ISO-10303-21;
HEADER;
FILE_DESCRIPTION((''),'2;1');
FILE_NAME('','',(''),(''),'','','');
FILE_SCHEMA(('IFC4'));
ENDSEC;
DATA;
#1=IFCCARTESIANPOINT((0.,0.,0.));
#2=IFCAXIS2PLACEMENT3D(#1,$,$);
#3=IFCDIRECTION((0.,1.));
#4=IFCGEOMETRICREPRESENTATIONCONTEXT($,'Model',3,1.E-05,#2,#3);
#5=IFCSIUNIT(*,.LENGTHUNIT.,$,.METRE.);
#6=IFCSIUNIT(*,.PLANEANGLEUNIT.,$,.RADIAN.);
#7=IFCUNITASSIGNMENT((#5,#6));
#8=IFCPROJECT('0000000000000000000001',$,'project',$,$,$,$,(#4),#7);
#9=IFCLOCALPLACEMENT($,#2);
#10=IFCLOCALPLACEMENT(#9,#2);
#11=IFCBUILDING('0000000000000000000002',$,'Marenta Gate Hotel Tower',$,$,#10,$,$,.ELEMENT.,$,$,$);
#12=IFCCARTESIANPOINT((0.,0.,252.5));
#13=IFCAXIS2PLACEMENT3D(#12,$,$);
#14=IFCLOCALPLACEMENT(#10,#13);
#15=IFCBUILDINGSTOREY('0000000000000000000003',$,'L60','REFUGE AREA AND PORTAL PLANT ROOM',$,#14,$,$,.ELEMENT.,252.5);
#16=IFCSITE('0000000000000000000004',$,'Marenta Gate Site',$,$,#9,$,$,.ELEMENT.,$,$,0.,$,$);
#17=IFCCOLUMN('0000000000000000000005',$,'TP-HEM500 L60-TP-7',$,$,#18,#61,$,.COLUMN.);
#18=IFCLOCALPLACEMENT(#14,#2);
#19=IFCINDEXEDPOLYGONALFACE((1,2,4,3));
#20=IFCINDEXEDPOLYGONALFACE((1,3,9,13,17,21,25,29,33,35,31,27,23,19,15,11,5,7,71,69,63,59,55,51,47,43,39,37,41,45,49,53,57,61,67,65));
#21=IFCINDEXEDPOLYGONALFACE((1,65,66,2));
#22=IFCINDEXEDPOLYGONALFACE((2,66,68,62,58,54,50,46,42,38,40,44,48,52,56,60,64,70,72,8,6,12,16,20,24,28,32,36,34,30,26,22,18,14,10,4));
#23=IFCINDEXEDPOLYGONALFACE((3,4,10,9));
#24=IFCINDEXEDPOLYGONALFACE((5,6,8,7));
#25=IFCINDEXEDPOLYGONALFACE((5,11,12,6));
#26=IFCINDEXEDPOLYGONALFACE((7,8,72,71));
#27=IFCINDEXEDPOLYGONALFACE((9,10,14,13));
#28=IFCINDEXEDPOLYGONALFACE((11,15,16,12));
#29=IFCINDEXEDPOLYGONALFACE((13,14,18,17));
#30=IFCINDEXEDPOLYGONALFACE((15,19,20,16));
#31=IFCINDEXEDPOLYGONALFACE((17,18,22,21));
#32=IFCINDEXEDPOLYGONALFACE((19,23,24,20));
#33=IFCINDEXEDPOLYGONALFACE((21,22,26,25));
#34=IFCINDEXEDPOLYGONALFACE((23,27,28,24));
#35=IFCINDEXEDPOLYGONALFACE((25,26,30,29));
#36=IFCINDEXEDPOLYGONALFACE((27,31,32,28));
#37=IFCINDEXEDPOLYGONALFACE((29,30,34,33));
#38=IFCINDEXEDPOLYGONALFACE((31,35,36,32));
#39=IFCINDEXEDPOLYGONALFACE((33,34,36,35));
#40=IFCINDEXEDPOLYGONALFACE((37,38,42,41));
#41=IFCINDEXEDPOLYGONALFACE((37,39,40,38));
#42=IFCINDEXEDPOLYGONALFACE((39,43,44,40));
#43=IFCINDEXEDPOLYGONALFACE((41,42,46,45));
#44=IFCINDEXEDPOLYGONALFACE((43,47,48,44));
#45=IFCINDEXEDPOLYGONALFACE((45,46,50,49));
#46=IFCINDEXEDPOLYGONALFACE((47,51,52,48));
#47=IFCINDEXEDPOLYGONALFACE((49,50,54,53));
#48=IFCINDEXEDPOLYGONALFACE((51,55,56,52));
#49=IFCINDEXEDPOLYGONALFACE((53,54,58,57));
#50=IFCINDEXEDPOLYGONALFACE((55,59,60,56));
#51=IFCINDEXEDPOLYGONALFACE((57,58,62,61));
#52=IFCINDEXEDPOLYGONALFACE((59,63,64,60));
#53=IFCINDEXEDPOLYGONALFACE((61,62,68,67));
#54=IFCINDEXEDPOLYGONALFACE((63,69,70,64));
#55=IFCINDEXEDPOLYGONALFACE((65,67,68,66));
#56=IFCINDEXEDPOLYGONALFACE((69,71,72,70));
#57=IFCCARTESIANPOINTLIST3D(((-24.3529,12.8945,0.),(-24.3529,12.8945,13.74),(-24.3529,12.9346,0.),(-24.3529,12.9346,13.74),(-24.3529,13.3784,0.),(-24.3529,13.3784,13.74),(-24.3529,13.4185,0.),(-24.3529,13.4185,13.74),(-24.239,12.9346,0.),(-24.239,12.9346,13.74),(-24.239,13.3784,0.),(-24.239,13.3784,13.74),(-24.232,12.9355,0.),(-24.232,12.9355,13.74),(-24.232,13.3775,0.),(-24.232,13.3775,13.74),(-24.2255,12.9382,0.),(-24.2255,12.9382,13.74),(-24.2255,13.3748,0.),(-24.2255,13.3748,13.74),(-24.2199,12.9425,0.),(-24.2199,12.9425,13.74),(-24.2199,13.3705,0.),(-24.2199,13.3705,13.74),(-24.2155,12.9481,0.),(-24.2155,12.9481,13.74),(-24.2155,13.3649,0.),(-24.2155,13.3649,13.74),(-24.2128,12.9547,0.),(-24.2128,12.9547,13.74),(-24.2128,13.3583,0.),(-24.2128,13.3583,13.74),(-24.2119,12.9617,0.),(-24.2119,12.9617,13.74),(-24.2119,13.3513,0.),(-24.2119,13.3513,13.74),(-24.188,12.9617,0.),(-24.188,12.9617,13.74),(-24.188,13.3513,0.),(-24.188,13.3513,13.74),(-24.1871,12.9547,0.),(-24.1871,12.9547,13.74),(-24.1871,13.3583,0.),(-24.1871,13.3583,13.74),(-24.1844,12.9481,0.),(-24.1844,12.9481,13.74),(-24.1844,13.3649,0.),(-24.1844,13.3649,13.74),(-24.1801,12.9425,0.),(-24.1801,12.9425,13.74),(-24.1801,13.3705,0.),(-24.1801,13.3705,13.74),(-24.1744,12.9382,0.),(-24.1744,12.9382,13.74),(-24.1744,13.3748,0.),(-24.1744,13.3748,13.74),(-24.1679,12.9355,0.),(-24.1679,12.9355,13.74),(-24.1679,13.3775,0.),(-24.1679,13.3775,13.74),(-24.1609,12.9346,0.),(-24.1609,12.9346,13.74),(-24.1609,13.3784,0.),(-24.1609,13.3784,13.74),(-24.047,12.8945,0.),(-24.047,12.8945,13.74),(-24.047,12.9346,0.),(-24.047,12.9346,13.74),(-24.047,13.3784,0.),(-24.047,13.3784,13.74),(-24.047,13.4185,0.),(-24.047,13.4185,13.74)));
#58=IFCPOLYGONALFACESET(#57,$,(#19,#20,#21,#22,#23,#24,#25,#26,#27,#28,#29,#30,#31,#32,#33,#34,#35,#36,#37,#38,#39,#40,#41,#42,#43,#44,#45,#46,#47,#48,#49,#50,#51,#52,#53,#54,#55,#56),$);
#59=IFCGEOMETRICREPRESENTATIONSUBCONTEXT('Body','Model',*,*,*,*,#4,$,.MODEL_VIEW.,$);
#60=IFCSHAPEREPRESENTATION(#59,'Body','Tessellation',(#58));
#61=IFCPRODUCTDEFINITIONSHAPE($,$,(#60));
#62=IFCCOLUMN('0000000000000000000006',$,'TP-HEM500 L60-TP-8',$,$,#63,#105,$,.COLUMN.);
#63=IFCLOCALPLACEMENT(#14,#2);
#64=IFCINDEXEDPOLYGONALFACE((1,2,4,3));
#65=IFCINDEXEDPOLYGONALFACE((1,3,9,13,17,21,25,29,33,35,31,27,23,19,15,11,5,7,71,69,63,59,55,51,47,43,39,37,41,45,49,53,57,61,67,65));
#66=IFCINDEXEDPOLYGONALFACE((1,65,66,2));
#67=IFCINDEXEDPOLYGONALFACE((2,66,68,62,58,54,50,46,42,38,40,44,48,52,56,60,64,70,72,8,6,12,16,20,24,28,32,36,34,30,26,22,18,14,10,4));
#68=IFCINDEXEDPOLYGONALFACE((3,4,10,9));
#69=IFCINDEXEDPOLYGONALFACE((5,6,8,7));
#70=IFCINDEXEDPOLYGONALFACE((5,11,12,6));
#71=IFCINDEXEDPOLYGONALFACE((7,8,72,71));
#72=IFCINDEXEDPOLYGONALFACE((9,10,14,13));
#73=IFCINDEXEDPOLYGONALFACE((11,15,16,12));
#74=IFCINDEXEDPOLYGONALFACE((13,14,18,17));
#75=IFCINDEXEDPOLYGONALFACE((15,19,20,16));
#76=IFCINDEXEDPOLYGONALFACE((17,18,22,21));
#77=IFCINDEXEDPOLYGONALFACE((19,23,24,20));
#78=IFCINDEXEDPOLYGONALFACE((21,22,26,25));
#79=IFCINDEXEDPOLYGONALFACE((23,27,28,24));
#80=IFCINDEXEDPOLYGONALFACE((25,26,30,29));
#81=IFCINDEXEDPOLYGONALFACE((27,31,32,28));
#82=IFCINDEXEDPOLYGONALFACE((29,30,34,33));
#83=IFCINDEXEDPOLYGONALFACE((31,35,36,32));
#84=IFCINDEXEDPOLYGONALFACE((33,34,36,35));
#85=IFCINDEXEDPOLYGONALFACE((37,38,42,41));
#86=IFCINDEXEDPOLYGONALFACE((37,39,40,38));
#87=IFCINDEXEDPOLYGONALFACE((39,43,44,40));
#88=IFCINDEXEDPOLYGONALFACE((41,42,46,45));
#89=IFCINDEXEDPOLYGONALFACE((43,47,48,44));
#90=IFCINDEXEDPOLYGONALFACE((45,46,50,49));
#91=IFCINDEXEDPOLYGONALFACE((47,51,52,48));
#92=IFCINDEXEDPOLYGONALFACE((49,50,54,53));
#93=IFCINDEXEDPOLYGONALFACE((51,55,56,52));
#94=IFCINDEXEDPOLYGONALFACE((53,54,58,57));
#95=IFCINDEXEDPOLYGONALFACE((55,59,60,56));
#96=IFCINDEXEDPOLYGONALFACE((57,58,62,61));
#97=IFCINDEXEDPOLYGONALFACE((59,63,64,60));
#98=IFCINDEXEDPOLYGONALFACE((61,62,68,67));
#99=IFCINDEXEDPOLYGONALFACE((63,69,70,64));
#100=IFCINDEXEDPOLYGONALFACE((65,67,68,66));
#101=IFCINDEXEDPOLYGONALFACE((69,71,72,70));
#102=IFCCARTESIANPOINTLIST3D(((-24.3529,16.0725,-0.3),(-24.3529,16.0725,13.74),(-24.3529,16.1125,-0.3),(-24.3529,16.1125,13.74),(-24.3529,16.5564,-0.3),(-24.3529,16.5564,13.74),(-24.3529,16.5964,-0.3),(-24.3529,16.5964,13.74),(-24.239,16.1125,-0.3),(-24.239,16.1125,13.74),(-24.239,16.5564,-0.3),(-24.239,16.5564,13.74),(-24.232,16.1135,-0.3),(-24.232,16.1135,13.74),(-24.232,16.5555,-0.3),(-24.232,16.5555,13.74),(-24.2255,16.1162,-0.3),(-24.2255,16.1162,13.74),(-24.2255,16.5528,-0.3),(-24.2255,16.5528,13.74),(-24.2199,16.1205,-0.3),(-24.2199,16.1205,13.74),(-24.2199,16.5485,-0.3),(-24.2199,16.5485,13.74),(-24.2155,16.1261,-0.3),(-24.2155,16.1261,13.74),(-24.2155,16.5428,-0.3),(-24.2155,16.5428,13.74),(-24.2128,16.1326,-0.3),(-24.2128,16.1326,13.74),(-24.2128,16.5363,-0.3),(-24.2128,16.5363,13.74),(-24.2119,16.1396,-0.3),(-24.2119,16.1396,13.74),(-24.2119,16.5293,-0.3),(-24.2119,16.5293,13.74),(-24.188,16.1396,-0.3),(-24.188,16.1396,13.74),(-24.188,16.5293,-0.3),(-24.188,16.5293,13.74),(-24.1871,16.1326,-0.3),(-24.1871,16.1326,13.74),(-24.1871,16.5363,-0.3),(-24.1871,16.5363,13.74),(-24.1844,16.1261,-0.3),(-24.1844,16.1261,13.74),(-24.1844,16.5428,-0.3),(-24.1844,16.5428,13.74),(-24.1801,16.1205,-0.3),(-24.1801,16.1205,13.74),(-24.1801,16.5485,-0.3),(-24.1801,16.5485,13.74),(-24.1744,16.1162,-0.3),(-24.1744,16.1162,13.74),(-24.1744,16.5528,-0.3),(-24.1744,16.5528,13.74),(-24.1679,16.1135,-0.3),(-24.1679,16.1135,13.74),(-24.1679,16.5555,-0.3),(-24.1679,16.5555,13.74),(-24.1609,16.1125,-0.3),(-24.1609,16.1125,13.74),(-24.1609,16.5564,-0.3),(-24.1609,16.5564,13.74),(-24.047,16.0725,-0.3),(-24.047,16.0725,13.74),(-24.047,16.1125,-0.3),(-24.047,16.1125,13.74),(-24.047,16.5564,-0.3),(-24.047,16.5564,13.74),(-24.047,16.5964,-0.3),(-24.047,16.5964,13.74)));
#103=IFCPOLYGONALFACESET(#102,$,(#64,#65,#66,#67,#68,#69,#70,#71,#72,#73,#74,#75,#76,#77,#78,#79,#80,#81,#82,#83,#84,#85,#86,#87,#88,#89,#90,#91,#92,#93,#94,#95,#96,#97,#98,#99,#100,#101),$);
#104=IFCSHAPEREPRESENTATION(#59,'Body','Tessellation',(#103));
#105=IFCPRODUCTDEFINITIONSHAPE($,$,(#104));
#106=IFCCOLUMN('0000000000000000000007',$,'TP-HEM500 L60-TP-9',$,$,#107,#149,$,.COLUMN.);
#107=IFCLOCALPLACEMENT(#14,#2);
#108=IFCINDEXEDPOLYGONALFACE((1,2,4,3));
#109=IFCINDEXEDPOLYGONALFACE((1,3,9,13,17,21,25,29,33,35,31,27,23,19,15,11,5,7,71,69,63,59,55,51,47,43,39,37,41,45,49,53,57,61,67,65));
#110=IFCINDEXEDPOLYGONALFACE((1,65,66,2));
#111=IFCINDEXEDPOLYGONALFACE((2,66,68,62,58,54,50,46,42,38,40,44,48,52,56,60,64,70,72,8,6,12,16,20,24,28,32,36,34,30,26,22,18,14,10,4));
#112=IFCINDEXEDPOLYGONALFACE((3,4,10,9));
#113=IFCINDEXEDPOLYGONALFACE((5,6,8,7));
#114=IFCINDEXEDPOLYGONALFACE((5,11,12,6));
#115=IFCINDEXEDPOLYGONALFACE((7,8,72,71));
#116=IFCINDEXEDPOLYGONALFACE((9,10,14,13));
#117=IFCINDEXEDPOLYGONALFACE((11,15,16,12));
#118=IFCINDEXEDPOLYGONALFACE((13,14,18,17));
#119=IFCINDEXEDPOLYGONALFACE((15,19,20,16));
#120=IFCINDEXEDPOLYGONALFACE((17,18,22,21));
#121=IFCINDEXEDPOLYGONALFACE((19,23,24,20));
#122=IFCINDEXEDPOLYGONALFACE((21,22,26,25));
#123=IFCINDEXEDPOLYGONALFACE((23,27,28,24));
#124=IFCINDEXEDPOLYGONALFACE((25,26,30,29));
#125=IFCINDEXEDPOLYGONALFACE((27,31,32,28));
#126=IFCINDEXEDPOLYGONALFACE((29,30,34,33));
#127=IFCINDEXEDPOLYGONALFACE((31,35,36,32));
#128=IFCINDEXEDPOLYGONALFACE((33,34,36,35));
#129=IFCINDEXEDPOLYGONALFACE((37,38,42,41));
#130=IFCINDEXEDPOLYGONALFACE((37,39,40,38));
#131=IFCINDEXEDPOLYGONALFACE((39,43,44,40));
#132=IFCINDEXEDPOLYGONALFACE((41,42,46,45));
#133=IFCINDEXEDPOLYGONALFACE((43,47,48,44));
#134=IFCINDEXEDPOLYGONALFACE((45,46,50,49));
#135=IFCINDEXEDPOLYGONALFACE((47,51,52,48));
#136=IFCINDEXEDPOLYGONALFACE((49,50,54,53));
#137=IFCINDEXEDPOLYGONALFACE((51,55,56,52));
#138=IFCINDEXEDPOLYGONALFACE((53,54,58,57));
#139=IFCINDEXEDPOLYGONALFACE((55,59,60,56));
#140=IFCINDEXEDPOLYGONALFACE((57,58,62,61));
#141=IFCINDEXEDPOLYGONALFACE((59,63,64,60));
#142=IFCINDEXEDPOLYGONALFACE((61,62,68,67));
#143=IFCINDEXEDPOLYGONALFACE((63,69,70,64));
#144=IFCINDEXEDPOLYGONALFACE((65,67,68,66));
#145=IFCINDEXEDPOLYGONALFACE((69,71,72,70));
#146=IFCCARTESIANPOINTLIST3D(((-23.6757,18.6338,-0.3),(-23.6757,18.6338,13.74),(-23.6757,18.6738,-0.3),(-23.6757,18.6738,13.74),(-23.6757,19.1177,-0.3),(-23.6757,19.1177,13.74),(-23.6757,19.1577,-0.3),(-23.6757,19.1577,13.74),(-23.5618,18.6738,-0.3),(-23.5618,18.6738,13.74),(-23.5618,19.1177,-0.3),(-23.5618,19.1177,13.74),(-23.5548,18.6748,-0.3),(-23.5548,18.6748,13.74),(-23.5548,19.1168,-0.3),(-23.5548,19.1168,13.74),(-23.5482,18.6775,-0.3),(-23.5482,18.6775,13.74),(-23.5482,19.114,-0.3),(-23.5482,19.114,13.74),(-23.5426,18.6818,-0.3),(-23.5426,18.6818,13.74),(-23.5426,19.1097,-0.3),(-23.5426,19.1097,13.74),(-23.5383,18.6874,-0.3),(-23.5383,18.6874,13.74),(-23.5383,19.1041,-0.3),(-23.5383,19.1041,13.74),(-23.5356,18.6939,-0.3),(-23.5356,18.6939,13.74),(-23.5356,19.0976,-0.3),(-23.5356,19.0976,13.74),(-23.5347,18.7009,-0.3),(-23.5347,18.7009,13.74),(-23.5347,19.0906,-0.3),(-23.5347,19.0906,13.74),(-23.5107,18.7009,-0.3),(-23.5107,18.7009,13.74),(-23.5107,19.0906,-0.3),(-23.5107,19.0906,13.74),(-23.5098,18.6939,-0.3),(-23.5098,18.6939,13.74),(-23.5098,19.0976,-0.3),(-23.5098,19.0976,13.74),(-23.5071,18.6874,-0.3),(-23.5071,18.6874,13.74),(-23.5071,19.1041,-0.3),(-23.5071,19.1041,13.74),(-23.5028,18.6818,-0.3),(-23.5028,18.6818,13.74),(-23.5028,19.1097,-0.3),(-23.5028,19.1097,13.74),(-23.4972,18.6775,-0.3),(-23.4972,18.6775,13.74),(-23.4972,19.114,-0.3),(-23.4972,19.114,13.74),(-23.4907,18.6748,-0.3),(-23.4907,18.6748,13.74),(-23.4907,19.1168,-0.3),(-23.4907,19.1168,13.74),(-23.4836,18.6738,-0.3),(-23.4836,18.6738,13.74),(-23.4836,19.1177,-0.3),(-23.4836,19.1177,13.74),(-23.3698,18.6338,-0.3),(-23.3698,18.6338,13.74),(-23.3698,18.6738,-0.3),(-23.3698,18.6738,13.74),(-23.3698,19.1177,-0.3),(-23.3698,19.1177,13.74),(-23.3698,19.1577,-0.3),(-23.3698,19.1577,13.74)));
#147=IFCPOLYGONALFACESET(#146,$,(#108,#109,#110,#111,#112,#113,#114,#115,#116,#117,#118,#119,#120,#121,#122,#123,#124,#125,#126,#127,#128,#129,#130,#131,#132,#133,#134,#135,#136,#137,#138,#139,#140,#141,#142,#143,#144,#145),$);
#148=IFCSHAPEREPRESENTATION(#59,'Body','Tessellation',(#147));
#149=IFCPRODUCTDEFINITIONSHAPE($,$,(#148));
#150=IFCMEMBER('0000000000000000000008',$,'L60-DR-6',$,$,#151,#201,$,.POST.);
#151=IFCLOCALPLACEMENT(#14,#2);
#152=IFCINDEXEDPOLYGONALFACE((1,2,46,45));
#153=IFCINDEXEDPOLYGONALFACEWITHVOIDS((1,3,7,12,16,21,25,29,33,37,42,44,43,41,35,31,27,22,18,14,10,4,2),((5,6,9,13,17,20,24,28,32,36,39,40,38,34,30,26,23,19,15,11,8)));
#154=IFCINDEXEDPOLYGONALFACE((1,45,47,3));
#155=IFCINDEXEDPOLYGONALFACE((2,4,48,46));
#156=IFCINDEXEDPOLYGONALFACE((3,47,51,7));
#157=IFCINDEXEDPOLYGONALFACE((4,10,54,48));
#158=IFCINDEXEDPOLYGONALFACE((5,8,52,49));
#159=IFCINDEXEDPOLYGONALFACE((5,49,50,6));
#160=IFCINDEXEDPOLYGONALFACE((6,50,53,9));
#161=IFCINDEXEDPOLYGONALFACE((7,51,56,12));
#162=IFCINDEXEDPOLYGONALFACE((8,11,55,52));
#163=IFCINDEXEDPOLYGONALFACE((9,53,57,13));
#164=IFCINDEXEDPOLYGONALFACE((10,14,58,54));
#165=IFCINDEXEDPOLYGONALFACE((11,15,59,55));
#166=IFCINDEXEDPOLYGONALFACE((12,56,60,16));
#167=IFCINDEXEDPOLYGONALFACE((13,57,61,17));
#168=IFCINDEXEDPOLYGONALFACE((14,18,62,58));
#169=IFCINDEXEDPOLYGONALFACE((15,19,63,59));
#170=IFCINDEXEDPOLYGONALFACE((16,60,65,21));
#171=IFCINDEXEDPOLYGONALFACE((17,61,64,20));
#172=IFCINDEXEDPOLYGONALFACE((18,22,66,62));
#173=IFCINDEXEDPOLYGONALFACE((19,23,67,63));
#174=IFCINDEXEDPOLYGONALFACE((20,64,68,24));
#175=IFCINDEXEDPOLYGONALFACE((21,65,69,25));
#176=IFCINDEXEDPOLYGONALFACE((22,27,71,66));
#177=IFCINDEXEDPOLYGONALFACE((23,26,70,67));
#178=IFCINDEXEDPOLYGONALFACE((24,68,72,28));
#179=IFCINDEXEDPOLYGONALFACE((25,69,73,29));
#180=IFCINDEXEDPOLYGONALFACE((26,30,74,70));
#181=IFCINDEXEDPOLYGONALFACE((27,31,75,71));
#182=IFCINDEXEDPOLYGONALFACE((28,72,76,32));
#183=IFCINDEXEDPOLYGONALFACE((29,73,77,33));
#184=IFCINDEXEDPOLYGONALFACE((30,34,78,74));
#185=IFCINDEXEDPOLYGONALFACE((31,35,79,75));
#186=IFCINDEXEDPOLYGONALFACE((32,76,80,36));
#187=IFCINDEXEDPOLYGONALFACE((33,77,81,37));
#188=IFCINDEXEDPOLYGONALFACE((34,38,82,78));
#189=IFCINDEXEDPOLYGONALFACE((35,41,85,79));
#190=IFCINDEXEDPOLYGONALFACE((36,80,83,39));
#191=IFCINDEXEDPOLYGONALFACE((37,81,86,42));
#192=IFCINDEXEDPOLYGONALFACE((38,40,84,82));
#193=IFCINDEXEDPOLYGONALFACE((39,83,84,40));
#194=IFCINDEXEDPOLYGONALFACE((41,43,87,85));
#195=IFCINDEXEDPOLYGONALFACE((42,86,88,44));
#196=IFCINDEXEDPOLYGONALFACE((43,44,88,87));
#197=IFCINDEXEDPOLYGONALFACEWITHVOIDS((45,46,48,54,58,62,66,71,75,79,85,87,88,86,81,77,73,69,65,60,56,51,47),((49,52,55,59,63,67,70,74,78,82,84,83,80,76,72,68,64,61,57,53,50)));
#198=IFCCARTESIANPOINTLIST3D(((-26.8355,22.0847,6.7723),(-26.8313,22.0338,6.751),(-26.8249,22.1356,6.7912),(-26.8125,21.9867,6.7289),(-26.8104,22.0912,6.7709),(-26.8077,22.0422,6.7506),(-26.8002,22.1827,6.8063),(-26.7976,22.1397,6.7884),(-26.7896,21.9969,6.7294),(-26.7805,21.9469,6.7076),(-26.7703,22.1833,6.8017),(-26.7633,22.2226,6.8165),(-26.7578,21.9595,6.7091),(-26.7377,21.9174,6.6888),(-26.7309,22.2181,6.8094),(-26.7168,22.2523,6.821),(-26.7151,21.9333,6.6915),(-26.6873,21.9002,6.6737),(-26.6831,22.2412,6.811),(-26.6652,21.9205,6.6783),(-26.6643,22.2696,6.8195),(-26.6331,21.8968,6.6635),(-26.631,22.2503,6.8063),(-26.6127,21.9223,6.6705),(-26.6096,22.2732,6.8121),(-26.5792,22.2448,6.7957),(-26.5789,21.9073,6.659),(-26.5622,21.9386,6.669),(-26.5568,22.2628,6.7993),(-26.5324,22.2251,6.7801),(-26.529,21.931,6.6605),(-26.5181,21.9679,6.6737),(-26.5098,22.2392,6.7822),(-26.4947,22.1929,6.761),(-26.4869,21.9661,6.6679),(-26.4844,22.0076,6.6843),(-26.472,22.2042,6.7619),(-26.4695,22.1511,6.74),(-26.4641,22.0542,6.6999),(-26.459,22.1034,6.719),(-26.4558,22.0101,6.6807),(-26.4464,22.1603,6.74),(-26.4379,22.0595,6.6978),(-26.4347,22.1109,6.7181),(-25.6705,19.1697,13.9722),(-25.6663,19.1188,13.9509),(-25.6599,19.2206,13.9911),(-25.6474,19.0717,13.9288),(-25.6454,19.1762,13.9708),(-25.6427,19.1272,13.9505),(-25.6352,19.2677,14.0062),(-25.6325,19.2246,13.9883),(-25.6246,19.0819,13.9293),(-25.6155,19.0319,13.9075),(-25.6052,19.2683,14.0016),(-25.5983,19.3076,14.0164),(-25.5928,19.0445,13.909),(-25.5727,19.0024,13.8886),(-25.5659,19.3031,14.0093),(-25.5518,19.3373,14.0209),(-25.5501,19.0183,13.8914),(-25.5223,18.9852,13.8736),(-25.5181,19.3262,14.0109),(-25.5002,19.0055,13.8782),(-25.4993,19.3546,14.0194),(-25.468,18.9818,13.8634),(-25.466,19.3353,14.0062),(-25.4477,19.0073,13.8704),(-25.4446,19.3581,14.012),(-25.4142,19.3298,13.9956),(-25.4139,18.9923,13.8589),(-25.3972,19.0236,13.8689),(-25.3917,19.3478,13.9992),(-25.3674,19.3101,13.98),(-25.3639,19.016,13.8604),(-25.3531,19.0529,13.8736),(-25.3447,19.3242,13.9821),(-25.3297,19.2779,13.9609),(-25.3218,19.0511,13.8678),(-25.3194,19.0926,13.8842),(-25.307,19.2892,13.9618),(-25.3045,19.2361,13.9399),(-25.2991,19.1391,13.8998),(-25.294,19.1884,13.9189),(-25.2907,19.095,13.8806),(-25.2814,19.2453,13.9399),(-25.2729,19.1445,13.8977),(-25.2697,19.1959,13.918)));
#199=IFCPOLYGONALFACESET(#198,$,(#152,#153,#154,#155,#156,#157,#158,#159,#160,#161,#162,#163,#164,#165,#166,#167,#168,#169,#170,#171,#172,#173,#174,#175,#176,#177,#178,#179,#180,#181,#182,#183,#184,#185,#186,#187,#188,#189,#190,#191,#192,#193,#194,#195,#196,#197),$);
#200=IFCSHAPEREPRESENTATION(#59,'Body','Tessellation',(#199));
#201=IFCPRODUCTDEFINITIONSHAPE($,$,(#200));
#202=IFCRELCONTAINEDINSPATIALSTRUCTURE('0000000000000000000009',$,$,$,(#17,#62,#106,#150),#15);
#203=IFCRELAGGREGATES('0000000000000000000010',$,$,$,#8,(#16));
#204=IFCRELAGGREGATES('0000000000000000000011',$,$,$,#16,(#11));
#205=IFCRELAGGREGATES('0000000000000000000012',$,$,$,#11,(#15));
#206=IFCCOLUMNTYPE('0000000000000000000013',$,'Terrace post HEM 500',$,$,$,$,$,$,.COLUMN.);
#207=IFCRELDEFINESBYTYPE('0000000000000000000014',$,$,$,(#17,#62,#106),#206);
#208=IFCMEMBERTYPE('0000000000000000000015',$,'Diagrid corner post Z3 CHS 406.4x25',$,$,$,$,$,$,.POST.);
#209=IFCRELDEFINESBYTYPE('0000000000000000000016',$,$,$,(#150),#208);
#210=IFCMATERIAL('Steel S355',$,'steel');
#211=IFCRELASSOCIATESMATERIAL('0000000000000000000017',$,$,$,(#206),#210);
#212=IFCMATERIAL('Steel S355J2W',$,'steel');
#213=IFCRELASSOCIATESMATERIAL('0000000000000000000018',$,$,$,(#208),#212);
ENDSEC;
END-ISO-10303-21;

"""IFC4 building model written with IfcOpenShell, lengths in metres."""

from ifc_helpers import new_model, si_unit, direction, frame, origin, origin_2d, place, context, subcontext, project, spatial, hollow_circle, i_section, extrude, material, material_profile, profile_set, type_object, element, save


model = new_model("IFC4")

# Units and contexts
model_context = context("Model", 3, precision=1e-05, world=origin(), true_north=direction((0.0, 1.0)))
body_context = subcontext(model_context, "Body", "Model", "MODEL_VIEW")
ifc_project = project(units=[si_unit("LENGTHUNIT", "METRE"), si_unit("PLANEANGLEUNIT", "RADIAN")], contexts=[model_context])

# Site, building, storey
site_placement = place(None, origin())
site = spatial("IfcSite", under=ifc_project, at=site_placement, Name="Marenta Gate Site", CompositionType="ELEMENT", RefElevation=0.0)
building_placement = place(site_placement, origin())
building = spatial("IfcBuilding", under=site, at=building_placement, Name="Marenta Gate Hotel Tower", CompositionType="ELEMENT")
storey_placement = place(building_placement, frame((0.0, 0.0, 252.5)))
storey = spatial("IfcBuildingStorey", under=building, at=storey_placement, Name="L60", Description="REFUGE AREA AND PORTAL PLANT ROOM", CompositionType="ELEMENT", Elevation=252.5)

# Columns
ifc_material_1 = material(Name="Steel S355", Category="steel")
ifc_material_profile_1 = material_profile(ifc_material_1, i_section(OverallWidth=0.3059, OverallDepth=0.5239, WebThickness=0.0239, FlangeThickness=0.04, FilletRadius=0.0271, at=origin_2d()), Name="HEM 500")
ifc_profile_set_1 = profile_set([ifc_material_profile_1], Name="Steel S355")
column_type = type_object("IfcColumnType", Name="Terrace post HEM 500", PredefinedType="COLUMN", material=ifc_profile_set_1)
column_placement = place(storey_placement, frame((-24.2, 13.1565, 0.0), z_axis=(0.0, 0.0, 1.0), x_axis=(1.0, 0.0, 0.0)))
element("IfcColumn", 1, at=column_placement, inside=storey, type_object=column_type, Name="TP-HEM500 L60-TP-7", PredefinedType="COLUMN", context=body_context, shape_type="SweptSolid", body=[
    extrude(i_section(OverallWidth=0.3059, OverallDepth=0.5239, WebThickness=0.0239, FlangeThickness=0.04, FilletRadius=0.0271, at=origin_2d()), origin(), (0.0, 0.0, 1.0), 13.74),
])
for number, where, z_axis, x_axis, name in (
    (2, (-24.2, 16.3345, -0.3), (0.0, 0.0, 1.0), (1.0, 0.0, 0.0), "TP-HEM500 L60-TP-8"),
    (3, (-23.5227, 18.8958, -0.3), (0.0, 0.0, 1.0), (1.0, 0.0, 0.0), "TP-HEM500 L60-TP-9"),
):
    element("IfcColumn", number, at=place(storey_placement, frame(where, z_axis=z_axis, x_axis=x_axis)), inside=storey, type_object=column_type, Name=name, PredefinedType="COLUMN", context=body_context, shape_type="SweptSolid", body=[
        extrude(i_section(OverallWidth=0.3059, OverallDepth=0.5239, WebThickness=0.0239, FlangeThickness=0.04, FilletRadius=0.0271, at=origin_2d()), origin(), (0.0, 0.0, 1.0), 14.04),
    ])

# Member
ifc_material_2 = material(Name="Steel S355J2W", Category="steel")
ifc_material_profile_2 = material_profile(ifc_material_2, hollow_circle(Radius=0.2031, WallThickness=0.0249, at=origin_2d()), Name="CHS 406.4x25")
ifc_profile_set_2 = profile_set([ifc_material_profile_2], Name="Steel S355J2W")
member_type_1 = type_object("IfcMemberType", Name="Diagrid corner post Z3 CHS 406.4x25", PredefinedType="POST", material=ifc_profile_set_2)
member_1_placement = place(storey_placement, frame((-26.635, 22.085, 6.74), z_axis=(0.148327, -0.371127, 0.916659), x_axis=(0.928584, 0.371122, 0.0)))
element("IfcMember", 4, at=member_1_placement, inside=storey, type_object=member_type_1, Name="L60-DR-6", PredefinedType="POST", context=body_context, shape_type="SweptSolid", body=[
    extrude(hollow_circle(Radius=0.2031, WallThickness=0.0249, at=origin_2d()), origin(), (0.0, 0.0, 1.0), 7.8545),
])

save(model, "model.ifc")
